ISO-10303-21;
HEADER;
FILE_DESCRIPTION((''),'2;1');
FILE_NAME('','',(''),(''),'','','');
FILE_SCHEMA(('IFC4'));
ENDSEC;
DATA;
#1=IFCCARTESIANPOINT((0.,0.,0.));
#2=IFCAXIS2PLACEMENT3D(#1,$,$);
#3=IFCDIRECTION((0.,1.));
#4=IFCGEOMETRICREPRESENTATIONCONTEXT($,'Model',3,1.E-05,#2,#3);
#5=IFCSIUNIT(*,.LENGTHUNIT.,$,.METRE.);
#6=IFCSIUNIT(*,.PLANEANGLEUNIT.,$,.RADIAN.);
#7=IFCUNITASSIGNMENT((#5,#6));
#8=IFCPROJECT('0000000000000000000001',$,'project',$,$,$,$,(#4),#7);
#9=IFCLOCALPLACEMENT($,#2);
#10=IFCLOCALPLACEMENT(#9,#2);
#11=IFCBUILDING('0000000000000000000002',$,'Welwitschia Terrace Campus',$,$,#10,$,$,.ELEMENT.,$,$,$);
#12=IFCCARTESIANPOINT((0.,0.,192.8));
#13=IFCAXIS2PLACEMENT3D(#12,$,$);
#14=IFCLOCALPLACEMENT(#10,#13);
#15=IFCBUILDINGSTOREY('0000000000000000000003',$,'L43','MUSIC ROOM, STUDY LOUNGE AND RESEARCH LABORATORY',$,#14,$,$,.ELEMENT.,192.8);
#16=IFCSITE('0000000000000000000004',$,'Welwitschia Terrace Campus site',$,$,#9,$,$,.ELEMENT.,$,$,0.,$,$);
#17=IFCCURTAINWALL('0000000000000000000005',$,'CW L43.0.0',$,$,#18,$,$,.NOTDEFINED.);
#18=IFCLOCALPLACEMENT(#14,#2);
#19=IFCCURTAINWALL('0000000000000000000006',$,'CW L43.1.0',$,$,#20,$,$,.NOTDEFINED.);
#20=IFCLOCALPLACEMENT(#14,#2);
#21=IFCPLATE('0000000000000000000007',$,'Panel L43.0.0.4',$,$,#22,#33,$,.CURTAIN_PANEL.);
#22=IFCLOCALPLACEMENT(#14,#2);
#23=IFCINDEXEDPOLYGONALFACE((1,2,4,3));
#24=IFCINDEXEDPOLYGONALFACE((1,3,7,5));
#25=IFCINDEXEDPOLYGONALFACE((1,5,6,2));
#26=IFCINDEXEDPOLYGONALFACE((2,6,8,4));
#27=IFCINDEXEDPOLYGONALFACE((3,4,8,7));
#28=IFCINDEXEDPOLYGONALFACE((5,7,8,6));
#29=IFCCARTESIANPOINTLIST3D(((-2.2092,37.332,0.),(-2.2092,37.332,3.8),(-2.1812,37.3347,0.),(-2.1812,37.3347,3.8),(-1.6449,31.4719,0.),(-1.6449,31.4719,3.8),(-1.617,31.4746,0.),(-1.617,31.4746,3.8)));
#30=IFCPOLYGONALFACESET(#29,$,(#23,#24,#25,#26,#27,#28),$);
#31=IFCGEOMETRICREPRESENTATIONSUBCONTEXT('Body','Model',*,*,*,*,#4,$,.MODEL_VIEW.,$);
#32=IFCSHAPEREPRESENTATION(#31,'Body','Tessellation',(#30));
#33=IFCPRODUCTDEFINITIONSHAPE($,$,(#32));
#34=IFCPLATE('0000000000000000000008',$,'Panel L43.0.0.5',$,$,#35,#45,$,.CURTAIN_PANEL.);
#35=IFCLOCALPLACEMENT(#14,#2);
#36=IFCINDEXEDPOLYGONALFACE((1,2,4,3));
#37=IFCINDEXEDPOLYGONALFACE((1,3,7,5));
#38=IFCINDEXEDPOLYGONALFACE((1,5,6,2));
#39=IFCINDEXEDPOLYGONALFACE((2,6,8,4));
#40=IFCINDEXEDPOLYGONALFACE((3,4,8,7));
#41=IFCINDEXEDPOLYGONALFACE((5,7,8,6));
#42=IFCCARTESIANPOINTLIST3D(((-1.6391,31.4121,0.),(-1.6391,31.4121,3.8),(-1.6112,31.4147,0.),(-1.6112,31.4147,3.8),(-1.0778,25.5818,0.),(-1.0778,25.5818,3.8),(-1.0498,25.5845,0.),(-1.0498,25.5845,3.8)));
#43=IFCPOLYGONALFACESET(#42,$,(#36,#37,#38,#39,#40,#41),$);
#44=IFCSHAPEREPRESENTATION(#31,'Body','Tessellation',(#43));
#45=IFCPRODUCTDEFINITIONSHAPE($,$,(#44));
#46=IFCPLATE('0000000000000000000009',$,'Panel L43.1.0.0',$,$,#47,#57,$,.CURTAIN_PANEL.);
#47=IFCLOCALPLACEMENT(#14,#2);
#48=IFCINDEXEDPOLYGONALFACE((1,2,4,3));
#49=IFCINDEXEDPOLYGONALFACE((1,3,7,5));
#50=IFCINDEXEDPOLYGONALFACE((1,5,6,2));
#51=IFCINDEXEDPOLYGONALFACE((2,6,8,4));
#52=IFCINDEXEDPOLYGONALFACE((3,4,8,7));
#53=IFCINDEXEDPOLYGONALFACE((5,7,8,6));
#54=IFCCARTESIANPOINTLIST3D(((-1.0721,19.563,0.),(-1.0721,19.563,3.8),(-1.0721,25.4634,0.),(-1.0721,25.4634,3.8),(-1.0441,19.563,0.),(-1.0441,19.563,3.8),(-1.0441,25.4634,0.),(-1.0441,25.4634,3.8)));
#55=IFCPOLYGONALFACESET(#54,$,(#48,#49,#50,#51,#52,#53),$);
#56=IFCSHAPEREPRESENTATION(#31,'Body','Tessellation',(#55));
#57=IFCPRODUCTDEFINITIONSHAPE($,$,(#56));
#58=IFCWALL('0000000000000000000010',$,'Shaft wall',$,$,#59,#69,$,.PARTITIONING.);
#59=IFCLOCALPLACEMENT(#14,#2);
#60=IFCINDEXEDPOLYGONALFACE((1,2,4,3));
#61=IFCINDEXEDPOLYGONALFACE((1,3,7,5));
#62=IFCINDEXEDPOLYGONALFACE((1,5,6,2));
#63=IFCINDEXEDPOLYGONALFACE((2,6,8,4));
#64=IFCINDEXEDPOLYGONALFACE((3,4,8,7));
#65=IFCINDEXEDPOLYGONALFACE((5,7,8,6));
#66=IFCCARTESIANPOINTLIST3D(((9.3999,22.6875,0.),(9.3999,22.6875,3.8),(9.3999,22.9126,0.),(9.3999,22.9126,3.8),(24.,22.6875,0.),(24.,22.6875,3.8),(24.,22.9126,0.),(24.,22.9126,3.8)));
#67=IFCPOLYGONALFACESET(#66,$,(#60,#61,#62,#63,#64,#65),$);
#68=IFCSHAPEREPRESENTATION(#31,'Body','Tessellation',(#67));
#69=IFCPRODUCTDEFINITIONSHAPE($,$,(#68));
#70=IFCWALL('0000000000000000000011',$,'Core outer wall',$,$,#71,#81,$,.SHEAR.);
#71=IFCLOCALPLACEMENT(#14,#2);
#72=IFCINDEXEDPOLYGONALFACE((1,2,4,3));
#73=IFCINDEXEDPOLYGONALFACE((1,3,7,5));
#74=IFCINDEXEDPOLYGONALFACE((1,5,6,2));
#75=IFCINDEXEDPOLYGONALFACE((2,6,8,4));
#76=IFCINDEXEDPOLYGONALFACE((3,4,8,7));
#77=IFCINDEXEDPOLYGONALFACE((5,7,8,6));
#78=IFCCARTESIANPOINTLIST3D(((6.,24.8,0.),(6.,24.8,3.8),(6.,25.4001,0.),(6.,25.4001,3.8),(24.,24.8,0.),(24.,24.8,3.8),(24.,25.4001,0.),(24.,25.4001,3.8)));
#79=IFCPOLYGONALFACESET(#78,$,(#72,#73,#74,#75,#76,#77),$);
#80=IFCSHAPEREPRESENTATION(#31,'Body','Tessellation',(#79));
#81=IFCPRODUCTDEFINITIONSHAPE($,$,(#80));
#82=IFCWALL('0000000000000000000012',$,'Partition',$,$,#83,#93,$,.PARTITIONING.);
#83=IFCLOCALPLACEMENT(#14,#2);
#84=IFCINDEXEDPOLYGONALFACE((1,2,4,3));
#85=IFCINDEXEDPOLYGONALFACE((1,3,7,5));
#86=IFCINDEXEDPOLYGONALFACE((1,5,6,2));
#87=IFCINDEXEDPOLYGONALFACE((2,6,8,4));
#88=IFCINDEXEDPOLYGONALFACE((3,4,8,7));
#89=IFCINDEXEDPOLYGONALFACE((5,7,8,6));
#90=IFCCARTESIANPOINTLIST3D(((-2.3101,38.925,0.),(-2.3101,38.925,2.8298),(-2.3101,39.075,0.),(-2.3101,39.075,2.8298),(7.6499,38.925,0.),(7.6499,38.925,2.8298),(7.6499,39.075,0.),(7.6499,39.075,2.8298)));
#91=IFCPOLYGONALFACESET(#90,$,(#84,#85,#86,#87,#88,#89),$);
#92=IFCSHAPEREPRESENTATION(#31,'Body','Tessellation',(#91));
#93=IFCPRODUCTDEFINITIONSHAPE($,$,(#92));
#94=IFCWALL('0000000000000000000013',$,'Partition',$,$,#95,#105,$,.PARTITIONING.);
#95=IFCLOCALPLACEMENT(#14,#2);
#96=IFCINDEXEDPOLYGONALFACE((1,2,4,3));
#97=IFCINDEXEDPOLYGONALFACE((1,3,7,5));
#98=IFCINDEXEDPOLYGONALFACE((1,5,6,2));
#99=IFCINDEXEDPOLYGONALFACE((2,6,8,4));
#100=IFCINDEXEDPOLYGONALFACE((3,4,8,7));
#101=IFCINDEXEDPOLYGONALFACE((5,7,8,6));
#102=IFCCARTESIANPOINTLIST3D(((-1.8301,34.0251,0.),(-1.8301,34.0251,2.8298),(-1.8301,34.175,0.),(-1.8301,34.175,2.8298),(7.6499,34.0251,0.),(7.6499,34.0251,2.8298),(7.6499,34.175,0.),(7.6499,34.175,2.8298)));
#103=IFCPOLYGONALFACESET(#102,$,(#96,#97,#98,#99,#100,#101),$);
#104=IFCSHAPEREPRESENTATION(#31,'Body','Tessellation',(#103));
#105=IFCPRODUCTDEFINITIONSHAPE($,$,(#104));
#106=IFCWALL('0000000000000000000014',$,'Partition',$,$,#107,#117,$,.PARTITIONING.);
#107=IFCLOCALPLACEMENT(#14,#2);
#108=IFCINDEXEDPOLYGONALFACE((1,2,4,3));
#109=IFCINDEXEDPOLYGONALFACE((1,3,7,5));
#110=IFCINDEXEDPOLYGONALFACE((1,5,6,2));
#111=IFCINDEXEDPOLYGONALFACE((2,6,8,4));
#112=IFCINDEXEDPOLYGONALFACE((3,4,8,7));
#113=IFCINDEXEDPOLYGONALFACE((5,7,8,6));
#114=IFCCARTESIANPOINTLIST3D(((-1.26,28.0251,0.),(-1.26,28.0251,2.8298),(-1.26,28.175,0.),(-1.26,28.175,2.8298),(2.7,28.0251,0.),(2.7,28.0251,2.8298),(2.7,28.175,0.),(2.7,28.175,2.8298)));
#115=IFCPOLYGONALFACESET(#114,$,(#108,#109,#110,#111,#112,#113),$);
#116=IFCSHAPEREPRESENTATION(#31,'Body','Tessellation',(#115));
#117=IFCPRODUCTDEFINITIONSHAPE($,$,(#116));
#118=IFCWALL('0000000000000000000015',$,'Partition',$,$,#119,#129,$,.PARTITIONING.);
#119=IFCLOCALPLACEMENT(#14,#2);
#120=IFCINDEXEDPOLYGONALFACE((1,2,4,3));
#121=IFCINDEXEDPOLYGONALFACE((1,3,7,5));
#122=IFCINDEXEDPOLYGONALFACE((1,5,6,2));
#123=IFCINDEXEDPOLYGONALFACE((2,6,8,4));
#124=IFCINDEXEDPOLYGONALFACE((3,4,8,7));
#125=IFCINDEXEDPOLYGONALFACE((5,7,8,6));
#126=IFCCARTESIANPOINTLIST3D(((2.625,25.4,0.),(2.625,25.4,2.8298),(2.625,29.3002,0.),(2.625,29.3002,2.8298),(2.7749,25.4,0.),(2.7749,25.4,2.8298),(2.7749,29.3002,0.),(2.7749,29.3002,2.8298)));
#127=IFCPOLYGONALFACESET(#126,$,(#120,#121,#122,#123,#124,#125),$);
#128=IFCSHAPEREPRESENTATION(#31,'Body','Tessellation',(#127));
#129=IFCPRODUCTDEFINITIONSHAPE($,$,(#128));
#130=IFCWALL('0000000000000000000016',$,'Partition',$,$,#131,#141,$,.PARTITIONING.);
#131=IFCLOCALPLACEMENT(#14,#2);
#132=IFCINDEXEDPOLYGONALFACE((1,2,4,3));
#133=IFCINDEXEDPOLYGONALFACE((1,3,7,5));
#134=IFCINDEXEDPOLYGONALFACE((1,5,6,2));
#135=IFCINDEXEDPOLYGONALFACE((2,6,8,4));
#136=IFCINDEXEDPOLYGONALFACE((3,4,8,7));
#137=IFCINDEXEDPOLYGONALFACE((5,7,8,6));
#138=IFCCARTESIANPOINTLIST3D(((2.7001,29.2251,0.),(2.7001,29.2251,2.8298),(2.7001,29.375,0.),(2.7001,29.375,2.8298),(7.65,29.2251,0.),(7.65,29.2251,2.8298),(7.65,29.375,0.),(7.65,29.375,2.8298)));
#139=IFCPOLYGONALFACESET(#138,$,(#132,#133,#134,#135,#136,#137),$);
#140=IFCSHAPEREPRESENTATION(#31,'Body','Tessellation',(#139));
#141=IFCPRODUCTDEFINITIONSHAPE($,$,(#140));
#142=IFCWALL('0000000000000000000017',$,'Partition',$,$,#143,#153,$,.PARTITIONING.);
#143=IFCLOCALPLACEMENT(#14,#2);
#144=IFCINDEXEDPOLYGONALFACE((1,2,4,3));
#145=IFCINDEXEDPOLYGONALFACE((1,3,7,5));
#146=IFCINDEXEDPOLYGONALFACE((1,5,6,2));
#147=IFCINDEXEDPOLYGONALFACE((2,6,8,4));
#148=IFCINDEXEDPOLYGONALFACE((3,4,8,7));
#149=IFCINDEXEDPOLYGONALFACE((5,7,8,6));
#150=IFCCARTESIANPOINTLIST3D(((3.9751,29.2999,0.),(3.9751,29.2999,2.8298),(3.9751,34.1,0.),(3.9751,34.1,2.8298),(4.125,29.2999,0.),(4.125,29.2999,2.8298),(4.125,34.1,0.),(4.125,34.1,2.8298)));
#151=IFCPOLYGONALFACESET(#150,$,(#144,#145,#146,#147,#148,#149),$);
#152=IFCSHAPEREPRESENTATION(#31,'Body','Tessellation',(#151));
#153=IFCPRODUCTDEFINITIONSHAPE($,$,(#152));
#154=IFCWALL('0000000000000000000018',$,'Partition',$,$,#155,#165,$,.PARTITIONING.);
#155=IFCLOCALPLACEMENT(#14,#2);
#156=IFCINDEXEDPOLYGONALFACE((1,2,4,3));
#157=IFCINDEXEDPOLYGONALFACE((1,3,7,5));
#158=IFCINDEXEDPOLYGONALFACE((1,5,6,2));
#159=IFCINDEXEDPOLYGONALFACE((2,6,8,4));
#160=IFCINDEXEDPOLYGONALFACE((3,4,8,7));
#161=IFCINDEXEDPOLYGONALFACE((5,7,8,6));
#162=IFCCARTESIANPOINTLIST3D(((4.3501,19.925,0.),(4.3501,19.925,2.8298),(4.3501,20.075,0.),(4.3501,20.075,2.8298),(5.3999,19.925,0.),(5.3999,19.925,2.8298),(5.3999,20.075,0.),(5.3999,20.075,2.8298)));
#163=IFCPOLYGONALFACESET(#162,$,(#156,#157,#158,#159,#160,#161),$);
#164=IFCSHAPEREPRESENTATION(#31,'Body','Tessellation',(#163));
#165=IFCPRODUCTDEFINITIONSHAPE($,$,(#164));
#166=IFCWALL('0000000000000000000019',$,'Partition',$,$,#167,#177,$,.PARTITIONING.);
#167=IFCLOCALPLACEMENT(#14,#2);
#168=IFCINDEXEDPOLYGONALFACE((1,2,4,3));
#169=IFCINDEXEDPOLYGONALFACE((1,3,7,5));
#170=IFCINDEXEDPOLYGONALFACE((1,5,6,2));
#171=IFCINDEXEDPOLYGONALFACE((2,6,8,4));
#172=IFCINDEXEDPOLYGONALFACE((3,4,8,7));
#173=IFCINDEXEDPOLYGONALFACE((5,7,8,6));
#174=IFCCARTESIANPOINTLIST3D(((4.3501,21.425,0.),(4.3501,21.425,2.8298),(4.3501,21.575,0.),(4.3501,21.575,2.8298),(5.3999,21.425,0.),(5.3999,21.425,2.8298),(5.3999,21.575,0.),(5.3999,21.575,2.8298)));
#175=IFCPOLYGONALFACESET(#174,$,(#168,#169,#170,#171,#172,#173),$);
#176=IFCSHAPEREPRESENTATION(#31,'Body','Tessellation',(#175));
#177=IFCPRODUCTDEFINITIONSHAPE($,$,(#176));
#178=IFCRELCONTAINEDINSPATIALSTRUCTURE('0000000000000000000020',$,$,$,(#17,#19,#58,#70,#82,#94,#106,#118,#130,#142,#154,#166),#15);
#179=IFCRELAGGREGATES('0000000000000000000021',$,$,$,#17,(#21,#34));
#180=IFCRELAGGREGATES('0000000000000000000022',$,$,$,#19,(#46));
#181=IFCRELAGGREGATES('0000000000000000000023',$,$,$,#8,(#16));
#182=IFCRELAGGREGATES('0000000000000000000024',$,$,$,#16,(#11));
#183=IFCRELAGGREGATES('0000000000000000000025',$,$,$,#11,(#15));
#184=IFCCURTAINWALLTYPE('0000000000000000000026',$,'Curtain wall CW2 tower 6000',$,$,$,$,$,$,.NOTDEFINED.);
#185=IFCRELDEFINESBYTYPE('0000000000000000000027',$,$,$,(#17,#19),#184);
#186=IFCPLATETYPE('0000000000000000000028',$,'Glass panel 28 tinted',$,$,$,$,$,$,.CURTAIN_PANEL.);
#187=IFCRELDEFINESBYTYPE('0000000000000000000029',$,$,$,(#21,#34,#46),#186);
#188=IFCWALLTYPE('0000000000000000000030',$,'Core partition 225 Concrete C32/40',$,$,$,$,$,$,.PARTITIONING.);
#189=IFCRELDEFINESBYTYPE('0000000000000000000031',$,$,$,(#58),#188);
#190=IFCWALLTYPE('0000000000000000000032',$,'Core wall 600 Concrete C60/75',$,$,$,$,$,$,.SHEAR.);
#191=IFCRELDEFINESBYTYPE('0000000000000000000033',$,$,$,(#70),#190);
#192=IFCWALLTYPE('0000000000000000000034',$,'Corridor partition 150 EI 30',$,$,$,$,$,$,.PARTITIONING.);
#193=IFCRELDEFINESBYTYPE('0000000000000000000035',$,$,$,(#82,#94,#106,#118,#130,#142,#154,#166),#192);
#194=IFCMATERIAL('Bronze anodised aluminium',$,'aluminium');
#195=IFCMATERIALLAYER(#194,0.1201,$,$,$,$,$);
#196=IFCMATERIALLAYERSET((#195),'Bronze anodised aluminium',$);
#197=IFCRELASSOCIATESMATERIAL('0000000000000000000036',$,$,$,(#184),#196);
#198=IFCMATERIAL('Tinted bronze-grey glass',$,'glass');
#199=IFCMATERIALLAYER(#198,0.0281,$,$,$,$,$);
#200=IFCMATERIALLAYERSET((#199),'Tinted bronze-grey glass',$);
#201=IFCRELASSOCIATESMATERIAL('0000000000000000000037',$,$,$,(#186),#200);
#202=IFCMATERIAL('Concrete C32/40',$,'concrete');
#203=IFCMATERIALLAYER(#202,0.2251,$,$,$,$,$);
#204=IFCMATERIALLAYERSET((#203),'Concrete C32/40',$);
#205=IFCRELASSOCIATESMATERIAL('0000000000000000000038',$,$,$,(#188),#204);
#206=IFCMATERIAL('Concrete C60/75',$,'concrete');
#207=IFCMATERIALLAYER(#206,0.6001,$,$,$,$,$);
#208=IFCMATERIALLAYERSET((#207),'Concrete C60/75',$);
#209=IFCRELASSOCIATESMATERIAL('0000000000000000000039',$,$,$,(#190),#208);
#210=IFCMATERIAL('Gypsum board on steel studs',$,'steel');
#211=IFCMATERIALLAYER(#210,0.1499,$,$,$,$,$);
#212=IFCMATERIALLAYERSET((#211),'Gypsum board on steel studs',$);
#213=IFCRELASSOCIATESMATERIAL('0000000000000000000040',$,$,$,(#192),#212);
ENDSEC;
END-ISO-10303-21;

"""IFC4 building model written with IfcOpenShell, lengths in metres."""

from ifc_helpers import new_model, si_unit, direction, frame, frame_2d, origin, origin_2d, place, context, subcontext, project, spatial, rectangle, extrude, material, layer, layer_set, type_object, element, aggregate, save


model = new_model("IFC4")

# Units and contexts
model_context = context("Model", 3, precision=1e-05, world=origin(), true_north=direction((0.0, 1.0)))
body_context = subcontext(model_context, "Body", "Model", "MODEL_VIEW")
ifc_project = project(units=[si_unit("LENGTHUNIT", "METRE"), si_unit("PLANEANGLEUNIT", "RADIAN")], contexts=[model_context])

# Site, building, storey
site_placement = place(None, origin())
site = spatial("IfcSite", under=ifc_project, at=site_placement, Name="Welwitschia Terrace Campus site", CompositionType="ELEMENT", RefElevation=0.0)
building_placement = place(site_placement, origin())
building = spatial("IfcBuilding", under=site, at=building_placement, Name="Welwitschia Terrace Campus", CompositionType="ELEMENT")
storey_placement = place(building_placement, frame((0.0, 0.0, 192.8)))
storey = spatial("IfcBuildingStorey", under=building, at=storey_placement, Name="L43", Description="MUSIC ROOM, STUDY LOUNGE AND RESEARCH LABORATORY", CompositionType="ELEMENT", Elevation=192.8)

# Curtain wall
ifc_material_1 = material(Name="Bronze anodised aluminium", Category="aluminium")
ifc_layer_1 = layer(ifc_material_1, 0.1201)
ifc_layer_set_1 = layer_set([ifc_layer_1], Name="Bronze anodised aluminium")
curtain_wall_type = type_object("IfcCurtainWallType", Name="Curtain wall CW2 tower 6000", PredefinedType="NOTDEFINED", material=ifc_layer_set_1)
curtain_wall_1_placement = place(storey_placement, origin())
curtain_wall_1 = element("IfcCurtainWall", 1, at=curtain_wall_1_placement, inside=storey, type_object=curtain_wall_type, Name="CW L43.0.0", PredefinedType="NOTDEFINED")

# Curtain wall
curtain_wall_2_placement = place(storey_placement, origin())
curtain_wall_2 = element("IfcCurtainWall", 2, at=curtain_wall_2_placement, inside=storey, type_object=curtain_wall_type, Name="CW L43.1.0", PredefinedType="NOTDEFINED")

# Plates
ifc_material_2 = material(Name="Tinted bronze-grey glass", Category="glass")
ifc_layer_2 = layer(ifc_material_2, 0.0281)
ifc_layer_set_2 = layer_set([ifc_layer_2], Name="Tinted bronze-grey glass")
plate_type = type_object("IfcPlateType", Name="Glass panel 28 tinted", PredefinedType="CURTAIN_PANEL", material=ifc_layer_set_2)
plate_1_placement = place(storey_placement, frame((-1.9131, 34.4033, 0.0), z_axis=(0.0, 0.0, 1.0), x_axis=(0.095846, -0.995396, 0.0)))
plate_1 = element("IfcPlate", 3, at=plate_1_placement, type_object=plate_type, Name="Panel L43.0.0.4", PredefinedType="CURTAIN_PANEL", context=body_context, shape_type="SweptSolid", body=[
    extrude(rectangle(XDim=5.8872, YDim=0.0281, at=origin_2d()), origin(), (0.0, 0.0, 1.0), 3.8),
])
plate_2_placement = place(storey_placement, frame((-1.3445, 28.4983, 0.0), z_axis=(0.0, 0.0, 1.0), x_axis=(0.095846, -0.995396, 0.0)))
plate_2 = element("IfcPlate", 4, at=plate_2_placement, type_object=plate_type, Name="Panel L43.0.0.5", PredefinedType="CURTAIN_PANEL", context=body_context, shape_type="SweptSolid", body=[
    extrude(rectangle(XDim=5.8572, YDim=0.0281, at=origin_2d()), origin(), (0.0, 0.0, 1.0), 3.8),
])
aggregate(curtain_wall_1, [plate_1, plate_2])
plate_3_placement = place(storey_placement, frame((-1.0581, 22.5132, 0.0), z_axis=(0.0, 0.0, 1.0), x_axis=(0.0, -1.0, 0.0)))
plate_3 = element("IfcPlate", 5, at=plate_3_placement, type_object=plate_type, Name="Panel L43.1.0.0", PredefinedType="CURTAIN_PANEL", context=body_context, shape_type="SweptSolid", body=[
    extrude(rectangle(XDim=5.9004, YDim=0.0281, at=origin_2d()), origin(), (0.0, 0.0, 1.0), 3.8),
])
aggregate(curtain_wall_2, [plate_3])

# Walls
ifc_material_3 = material(Name="Concrete C32/40", Category="concrete")
ifc_layer_3 = layer(ifc_material_3, 0.2251)
ifc_layer_set_3 = layer_set([ifc_layer_3], Name="Concrete C32/40")
wall_type_1 = type_object("IfcWallType", Name="Core partition 225 Concrete C32/40", PredefinedType="PARTITIONING", material=ifc_layer_set_3)
wall_1_placement = place(storey_placement, frame((9.3999, 22.8, 0.0), z_axis=(0.0, 0.0, 1.0), x_axis=(1.0, 0.0, 0.0)))
element("IfcWall", 6, at=wall_1_placement, inside=storey, type_object=wall_type_1, Name="Shaft wall", PredefinedType="PARTITIONING", context=body_context, shape_type="SweptSolid", body=[
    extrude(rectangle(XDim=14.6001, YDim=0.2251, at=frame_2d((7.3, 0.0))), origin(), (0.0, 0.0, 1.0), 3.8),
])
ifc_material_4 = material(Name="Concrete C60/75", Category="concrete")
ifc_layer_4 = layer(ifc_material_4, 0.6001)
ifc_layer_set_4 = layer_set([ifc_layer_4], Name="Concrete C60/75")
wall_type_2 = type_object("IfcWallType", Name="Core wall 600 Concrete C60/75", PredefinedType="SHEAR", material=ifc_layer_set_4)
wall_2_placement = place(storey_placement, frame((6.0, 25.1001, 0.0), z_axis=(0.0, 0.0, 1.0), x_axis=(1.0, 0.0, 0.0)))
element("IfcWall", 7, at=wall_2_placement, inside=storey, type_object=wall_type_2, Name="Core outer wall", PredefinedType="SHEAR", context=body_context, shape_type="SweptSolid", body=[
    extrude(rectangle(XDim=18.0, YDim=0.6001, at=frame_2d((9.0, 0.0))), origin(), (0.0, 0.0, 1.0), 3.8),
])
ifc_material_5 = material(Name="Gypsum board on steel studs", Category="steel")
ifc_layer_5 = layer(ifc_material_5, 0.1499)
ifc_layer_set_5 = layer_set([ifc_layer_5], Name="Gypsum board on steel studs")
wall_type_3 = type_object("IfcWallType", Name="Corridor partition 150 EI 30", PredefinedType="PARTITIONING", material=ifc_layer_set_5)
wall_3_placement = place(storey_placement, frame((-2.3101, 39.0, 0.0), z_axis=(0.0, 0.0, 1.0), x_axis=(1.0, 0.0, 0.0)))
element("IfcWall", 8, at=wall_3_placement, inside=storey, type_object=wall_type_3, Name="Partition", PredefinedType="PARTITIONING", context=body_context, shape_type="SweptSolid", body=[
    extrude(rectangle(XDim=9.96, YDim=0.1499, at=frame_2d((4.98, 0.0))), origin(), (0.0, 0.0, 1.0), 2.8298),
])
wall_4_placement = place(storey_placement, frame((-1.8301, 34.1001, 0.0), z_axis=(0.0, 0.0, 1.0), x_axis=(1.0, 0.0, 0.0)))
element("IfcWall", 9, at=wall_4_placement, inside=storey, type_object=wall_type_3, Name="Partition", PredefinedType="PARTITIONING", context=body_context, shape_type="SweptSolid", body=[
    extrude(rectangle(XDim=9.48, YDim=0.1499, at=frame_2d((4.74, 0.0))), origin(), (0.0, 0.0, 1.0), 2.8298),
])
wall_5_placement = place(storey_placement, frame((-1.26, 28.1001, 0.0), z_axis=(0.0, 0.0, 1.0), x_axis=(1.0, 0.0, 0.0)))
element("IfcWall", 10, at=wall_5_placement, inside=storey, type_object=wall_type_3, Name="Partition", PredefinedType="PARTITIONING", context=body_context, shape_type="SweptSolid", body=[
    extrude(rectangle(XDim=3.96, YDim=0.1499, at=frame_2d((1.98, 0.0))), origin(), (0.0, 0.0, 1.0), 2.8298),
])
wall_6_placement = place(storey_placement, frame((2.7, 25.3999, 0.0), z_axis=(0.0, 0.0, 1.0), x_axis=(0.0, 1.0, 0.0)))
element("IfcWall", 11, at=wall_6_placement, inside=storey, type_object=wall_type_3, Name="Partition", PredefinedType="PARTITIONING", context=body_context, shape_type="SweptSolid", body=[
    extrude(rectangle(XDim=3.9001, YDim=0.1499, at=frame_2d((1.9502, 0.0))), origin(), (0.0, 0.0, 1.0), 2.8298),
])
wall_7_placement = place(storey_placement, frame((2.7, 29.3, 0.0), z_axis=(0.0, 0.0, 1.0), x_axis=(1.0, 0.0, 0.0)))
element("IfcWall", 12, at=wall_7_placement, inside=storey, type_object=wall_type_3, Name="Partition", PredefinedType="PARTITIONING", context=body_context, shape_type="SweptSolid", body=[
    extrude(rectangle(XDim=4.95, YDim=0.1499, at=frame_2d((2.4751, 0.0))), origin(), (0.0, 0.0, 1.0), 2.8298),
])
wall_8_placement = place(storey_placement, frame((4.05, 29.3, 0.0), z_axis=(0.0, 0.0, 1.0), x_axis=(0.0, 1.0, 0.0)))
element("IfcWall", 13, at=wall_8_placement, inside=storey, type_object=wall_type_3, Name="Partition", PredefinedType="PARTITIONING", context=body_context, shape_type="SweptSolid", body=[
    extrude(rectangle(XDim=4.8, YDim=0.1499, at=frame_2d((2.3999, 0.0))), origin(), (0.0, 0.0, 1.0), 2.8298),
])
for number, where, z_axis, x_axis, name in (
    (14, (4.3501, 20.0, 0.0), (0.0, 0.0, 1.0), (1.0, 0.0, 0.0), "Partition"),
    (15, (4.3501, 21.5, 0.0), (0.0, 0.0, 1.0), (1.0, 0.0, 0.0), "Partition"),
):
    element("IfcWall", number, at=place(storey_placement, frame(where, z_axis=z_axis, x_axis=x_axis)), inside=storey, type_object=wall_type_3, Name=name, PredefinedType="PARTITIONING", context=body_context, shape_type="SweptSolid", body=[
        extrude(rectangle(XDim=1.0498, YDim=0.1499, at=frame_2d((0.5249, 0.0))), origin(), (0.0, 0.0, 1.0), 2.8298),
    ])

save(model, "model.ifc")
